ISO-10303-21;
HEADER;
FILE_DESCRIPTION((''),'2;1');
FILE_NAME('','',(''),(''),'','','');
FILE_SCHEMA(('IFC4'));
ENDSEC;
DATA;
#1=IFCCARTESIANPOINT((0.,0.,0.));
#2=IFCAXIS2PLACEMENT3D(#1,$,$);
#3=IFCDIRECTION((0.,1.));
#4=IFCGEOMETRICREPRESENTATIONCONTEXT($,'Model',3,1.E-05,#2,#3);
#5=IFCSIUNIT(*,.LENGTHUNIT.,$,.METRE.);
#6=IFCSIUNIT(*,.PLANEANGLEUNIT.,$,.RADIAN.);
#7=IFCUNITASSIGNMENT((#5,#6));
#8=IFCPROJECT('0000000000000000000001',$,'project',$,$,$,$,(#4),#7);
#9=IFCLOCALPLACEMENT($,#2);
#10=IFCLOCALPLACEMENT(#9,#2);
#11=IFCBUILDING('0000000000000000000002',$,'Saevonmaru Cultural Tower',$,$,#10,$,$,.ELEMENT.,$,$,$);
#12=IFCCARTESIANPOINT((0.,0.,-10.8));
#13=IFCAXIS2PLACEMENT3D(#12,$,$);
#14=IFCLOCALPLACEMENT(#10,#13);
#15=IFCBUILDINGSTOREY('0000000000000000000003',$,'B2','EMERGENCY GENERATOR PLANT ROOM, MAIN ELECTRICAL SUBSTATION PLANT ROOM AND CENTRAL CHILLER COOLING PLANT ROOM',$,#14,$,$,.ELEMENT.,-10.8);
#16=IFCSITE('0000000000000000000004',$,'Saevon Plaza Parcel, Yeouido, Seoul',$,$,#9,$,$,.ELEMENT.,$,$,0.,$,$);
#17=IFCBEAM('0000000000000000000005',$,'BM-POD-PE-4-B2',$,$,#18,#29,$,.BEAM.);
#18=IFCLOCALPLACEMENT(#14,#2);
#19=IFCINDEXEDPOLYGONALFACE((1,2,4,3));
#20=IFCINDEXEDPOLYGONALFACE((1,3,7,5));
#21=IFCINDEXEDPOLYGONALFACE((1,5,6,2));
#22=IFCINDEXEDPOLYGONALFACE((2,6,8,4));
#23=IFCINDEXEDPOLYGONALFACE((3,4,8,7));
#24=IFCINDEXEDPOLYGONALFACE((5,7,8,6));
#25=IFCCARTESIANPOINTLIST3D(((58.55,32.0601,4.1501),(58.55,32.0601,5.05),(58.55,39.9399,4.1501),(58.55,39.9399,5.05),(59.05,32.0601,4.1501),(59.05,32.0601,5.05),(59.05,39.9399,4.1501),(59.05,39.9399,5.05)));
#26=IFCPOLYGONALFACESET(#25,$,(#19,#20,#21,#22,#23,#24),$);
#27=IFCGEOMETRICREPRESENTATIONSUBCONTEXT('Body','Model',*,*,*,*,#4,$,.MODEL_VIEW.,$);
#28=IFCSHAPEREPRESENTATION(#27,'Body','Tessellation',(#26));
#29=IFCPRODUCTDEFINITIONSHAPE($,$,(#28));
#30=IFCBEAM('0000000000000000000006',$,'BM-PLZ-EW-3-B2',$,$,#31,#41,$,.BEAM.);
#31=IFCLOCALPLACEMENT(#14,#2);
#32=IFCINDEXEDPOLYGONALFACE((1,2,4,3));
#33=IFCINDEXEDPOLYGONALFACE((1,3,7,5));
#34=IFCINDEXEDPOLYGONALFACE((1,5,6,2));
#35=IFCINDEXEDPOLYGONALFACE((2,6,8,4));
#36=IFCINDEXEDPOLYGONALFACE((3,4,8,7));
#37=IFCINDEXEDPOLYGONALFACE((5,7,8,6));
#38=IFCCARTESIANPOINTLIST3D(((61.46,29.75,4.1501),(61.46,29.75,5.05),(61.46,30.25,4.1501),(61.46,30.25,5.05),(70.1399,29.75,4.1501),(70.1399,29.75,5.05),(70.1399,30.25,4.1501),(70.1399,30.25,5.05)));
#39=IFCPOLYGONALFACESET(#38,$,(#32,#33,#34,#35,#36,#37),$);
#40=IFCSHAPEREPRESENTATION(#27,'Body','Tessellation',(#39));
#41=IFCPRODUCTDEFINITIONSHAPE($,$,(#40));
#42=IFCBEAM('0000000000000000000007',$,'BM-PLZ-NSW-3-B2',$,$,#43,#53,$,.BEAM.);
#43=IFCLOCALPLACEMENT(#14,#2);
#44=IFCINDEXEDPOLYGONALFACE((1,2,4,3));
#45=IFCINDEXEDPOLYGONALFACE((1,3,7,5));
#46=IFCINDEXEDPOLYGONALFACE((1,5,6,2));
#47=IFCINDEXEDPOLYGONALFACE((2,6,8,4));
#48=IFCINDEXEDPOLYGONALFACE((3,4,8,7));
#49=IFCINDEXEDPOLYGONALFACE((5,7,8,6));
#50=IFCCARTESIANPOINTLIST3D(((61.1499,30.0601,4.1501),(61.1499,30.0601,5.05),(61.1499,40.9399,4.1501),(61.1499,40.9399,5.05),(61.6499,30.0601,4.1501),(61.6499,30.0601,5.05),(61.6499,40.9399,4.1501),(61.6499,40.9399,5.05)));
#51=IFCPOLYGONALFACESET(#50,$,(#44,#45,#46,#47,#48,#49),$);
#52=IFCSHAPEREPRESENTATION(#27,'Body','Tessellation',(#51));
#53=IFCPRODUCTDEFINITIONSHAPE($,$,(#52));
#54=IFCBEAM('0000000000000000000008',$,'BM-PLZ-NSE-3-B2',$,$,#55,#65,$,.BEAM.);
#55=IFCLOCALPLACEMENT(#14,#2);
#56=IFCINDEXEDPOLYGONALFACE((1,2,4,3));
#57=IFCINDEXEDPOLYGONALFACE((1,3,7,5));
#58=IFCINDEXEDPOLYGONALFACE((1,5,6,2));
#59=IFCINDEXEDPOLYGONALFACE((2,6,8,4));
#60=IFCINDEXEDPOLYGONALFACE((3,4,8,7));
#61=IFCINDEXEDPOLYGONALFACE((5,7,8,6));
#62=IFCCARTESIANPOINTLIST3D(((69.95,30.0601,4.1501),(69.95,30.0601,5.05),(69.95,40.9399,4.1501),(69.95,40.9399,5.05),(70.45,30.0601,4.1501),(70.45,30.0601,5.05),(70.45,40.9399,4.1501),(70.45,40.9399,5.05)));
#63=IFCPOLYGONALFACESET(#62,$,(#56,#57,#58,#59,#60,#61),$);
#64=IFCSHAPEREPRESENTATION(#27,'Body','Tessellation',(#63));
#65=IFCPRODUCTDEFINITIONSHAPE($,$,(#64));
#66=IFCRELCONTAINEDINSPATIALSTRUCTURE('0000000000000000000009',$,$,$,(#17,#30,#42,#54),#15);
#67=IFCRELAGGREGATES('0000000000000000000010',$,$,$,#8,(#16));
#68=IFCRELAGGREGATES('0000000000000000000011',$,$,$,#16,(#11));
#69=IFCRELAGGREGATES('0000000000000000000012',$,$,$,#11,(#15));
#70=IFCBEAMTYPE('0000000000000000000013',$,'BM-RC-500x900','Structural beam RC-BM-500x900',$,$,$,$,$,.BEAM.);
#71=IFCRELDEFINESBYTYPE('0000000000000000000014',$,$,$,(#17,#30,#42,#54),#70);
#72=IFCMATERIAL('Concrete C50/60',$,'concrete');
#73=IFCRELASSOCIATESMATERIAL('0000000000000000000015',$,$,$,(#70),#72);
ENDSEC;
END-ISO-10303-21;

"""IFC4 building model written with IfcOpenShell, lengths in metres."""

from ifc_helpers import new_model, si_unit, direction, frame, origin, origin_2d, place, context, subcontext, project, spatial, rectangle, extrude, material, material_profile, profile_set, type_object, element, save


model = new_model("IFC4")

# Units and contexts
model_context = context("Model", 3, precision=1e-05, world=origin(), true_north=direction((0.0, 1.0)))
body_context = subcontext(model_context, "Body", "Model", "MODEL_VIEW")
ifc_project = project(units=[si_unit("LENGTHUNIT", "METRE"), si_unit("PLANEANGLEUNIT", "RADIAN")], contexts=[model_context])

# Site, building, storey
site_placement = place(None, origin())
site = spatial("IfcSite", under=ifc_project, at=site_placement, Name="Saevon Plaza Parcel, Yeouido, Seoul", CompositionType="ELEMENT", RefElevation=0.0)
building_placement = place(site_placement, origin())
building = spatial("IfcBuilding", under=site, at=building_placement, Name="Saevonmaru Cultural Tower", CompositionType="ELEMENT")
storey_placement = place(building_placement, frame((0.0, 0.0, -10.8)))
storey = spatial("IfcBuildingStorey", under=building, at=storey_placement, Name="B2", Description="EMERGENCY GENERATOR PLANT ROOM, MAIN ELECTRICAL SUBSTATION PLANT ROOM AND CENTRAL CHILLER COOLING PLANT ROOM", CompositionType="ELEMENT", Elevation=-10.8)

# Shared definitions
ifc_material_1 = material(Name="Concrete C50/60", Category="concrete")

# Beams
ifc_material_profile_1 = material_profile(ifc_material_1, rectangle(XDim=0.5, YDim=0.8999, at=origin_2d()), Name="RC-BM-500x900")
ifc_profile_set_1 = profile_set([ifc_material_profile_1], Name="Concrete C50/60")
beam_type = type_object("IfcBeamType", Name="BM-RC-500x900", Description="Structural beam RC-BM-500x900", PredefinedType="BEAM", material=ifc_profile_set_1)
for number, where, z_axis, x_axis, name in (
    (1, (58.8, 32.0601, 4.6001), (0.0, 1.0, 0.0), (-1.0, 0.0, 0.0), "BM-POD-PE-4-B2"),
):
    element("IfcBeam", number, at=place(storey_placement, frame(where, z_axis=z_axis, x_axis=x_axis)), inside=storey, type_object=beam_type, Name=name, PredefinedType="BEAM", context=body_context, shape_type="SweptSolid", body=[
        extrude(rectangle(XDim=0.5, YDim=0.8999, at=origin_2d()), origin(), (0.0, 0.0, 1.0), 7.8799),
    ])
beam_1_placement = place(storey_placement, frame((61.46, 30.0, 4.6001), z_axis=(1.0, 0.0, 0.0), x_axis=(0.0, 1.0, 0.0)))
element("IfcBeam", 2, at=beam_1_placement, inside=storey, type_object=beam_type, Name="BM-PLZ-EW-3-B2", PredefinedType="BEAM", context=body_context, shape_type="SweptSolid", body=[
    extrude(rectangle(XDim=0.5, YDim=0.8999, at=origin_2d()), origin(), (0.0, 0.0, 1.0), 8.6799),
])
for number, where, z_axis, x_axis, name in (
    (3, (61.3999, 30.0601, 4.6001), (0.0, 1.0, 0.0), (-1.0, 0.0, 0.0), "BM-PLZ-NSW-3-B2"),
    (4, (70.2, 30.0601, 4.6001), (0.0, 1.0, 0.0), (-1.0, 0.0, 0.0), "BM-PLZ-NSE-3-B2"),
):
    element("IfcBeam", number, at=place(storey_placement, frame(where, z_axis=z_axis, x_axis=x_axis)), inside=storey, type_object=beam_type, Name=name, PredefinedType="BEAM", context=body_context, shape_type="SweptSolid", body=[
        extrude(rectangle(XDim=0.5, YDim=0.8999, at=origin_2d()), origin(), (0.0, 0.0, 1.0), 10.8799),
    ])

save(model, "model.ifc")
